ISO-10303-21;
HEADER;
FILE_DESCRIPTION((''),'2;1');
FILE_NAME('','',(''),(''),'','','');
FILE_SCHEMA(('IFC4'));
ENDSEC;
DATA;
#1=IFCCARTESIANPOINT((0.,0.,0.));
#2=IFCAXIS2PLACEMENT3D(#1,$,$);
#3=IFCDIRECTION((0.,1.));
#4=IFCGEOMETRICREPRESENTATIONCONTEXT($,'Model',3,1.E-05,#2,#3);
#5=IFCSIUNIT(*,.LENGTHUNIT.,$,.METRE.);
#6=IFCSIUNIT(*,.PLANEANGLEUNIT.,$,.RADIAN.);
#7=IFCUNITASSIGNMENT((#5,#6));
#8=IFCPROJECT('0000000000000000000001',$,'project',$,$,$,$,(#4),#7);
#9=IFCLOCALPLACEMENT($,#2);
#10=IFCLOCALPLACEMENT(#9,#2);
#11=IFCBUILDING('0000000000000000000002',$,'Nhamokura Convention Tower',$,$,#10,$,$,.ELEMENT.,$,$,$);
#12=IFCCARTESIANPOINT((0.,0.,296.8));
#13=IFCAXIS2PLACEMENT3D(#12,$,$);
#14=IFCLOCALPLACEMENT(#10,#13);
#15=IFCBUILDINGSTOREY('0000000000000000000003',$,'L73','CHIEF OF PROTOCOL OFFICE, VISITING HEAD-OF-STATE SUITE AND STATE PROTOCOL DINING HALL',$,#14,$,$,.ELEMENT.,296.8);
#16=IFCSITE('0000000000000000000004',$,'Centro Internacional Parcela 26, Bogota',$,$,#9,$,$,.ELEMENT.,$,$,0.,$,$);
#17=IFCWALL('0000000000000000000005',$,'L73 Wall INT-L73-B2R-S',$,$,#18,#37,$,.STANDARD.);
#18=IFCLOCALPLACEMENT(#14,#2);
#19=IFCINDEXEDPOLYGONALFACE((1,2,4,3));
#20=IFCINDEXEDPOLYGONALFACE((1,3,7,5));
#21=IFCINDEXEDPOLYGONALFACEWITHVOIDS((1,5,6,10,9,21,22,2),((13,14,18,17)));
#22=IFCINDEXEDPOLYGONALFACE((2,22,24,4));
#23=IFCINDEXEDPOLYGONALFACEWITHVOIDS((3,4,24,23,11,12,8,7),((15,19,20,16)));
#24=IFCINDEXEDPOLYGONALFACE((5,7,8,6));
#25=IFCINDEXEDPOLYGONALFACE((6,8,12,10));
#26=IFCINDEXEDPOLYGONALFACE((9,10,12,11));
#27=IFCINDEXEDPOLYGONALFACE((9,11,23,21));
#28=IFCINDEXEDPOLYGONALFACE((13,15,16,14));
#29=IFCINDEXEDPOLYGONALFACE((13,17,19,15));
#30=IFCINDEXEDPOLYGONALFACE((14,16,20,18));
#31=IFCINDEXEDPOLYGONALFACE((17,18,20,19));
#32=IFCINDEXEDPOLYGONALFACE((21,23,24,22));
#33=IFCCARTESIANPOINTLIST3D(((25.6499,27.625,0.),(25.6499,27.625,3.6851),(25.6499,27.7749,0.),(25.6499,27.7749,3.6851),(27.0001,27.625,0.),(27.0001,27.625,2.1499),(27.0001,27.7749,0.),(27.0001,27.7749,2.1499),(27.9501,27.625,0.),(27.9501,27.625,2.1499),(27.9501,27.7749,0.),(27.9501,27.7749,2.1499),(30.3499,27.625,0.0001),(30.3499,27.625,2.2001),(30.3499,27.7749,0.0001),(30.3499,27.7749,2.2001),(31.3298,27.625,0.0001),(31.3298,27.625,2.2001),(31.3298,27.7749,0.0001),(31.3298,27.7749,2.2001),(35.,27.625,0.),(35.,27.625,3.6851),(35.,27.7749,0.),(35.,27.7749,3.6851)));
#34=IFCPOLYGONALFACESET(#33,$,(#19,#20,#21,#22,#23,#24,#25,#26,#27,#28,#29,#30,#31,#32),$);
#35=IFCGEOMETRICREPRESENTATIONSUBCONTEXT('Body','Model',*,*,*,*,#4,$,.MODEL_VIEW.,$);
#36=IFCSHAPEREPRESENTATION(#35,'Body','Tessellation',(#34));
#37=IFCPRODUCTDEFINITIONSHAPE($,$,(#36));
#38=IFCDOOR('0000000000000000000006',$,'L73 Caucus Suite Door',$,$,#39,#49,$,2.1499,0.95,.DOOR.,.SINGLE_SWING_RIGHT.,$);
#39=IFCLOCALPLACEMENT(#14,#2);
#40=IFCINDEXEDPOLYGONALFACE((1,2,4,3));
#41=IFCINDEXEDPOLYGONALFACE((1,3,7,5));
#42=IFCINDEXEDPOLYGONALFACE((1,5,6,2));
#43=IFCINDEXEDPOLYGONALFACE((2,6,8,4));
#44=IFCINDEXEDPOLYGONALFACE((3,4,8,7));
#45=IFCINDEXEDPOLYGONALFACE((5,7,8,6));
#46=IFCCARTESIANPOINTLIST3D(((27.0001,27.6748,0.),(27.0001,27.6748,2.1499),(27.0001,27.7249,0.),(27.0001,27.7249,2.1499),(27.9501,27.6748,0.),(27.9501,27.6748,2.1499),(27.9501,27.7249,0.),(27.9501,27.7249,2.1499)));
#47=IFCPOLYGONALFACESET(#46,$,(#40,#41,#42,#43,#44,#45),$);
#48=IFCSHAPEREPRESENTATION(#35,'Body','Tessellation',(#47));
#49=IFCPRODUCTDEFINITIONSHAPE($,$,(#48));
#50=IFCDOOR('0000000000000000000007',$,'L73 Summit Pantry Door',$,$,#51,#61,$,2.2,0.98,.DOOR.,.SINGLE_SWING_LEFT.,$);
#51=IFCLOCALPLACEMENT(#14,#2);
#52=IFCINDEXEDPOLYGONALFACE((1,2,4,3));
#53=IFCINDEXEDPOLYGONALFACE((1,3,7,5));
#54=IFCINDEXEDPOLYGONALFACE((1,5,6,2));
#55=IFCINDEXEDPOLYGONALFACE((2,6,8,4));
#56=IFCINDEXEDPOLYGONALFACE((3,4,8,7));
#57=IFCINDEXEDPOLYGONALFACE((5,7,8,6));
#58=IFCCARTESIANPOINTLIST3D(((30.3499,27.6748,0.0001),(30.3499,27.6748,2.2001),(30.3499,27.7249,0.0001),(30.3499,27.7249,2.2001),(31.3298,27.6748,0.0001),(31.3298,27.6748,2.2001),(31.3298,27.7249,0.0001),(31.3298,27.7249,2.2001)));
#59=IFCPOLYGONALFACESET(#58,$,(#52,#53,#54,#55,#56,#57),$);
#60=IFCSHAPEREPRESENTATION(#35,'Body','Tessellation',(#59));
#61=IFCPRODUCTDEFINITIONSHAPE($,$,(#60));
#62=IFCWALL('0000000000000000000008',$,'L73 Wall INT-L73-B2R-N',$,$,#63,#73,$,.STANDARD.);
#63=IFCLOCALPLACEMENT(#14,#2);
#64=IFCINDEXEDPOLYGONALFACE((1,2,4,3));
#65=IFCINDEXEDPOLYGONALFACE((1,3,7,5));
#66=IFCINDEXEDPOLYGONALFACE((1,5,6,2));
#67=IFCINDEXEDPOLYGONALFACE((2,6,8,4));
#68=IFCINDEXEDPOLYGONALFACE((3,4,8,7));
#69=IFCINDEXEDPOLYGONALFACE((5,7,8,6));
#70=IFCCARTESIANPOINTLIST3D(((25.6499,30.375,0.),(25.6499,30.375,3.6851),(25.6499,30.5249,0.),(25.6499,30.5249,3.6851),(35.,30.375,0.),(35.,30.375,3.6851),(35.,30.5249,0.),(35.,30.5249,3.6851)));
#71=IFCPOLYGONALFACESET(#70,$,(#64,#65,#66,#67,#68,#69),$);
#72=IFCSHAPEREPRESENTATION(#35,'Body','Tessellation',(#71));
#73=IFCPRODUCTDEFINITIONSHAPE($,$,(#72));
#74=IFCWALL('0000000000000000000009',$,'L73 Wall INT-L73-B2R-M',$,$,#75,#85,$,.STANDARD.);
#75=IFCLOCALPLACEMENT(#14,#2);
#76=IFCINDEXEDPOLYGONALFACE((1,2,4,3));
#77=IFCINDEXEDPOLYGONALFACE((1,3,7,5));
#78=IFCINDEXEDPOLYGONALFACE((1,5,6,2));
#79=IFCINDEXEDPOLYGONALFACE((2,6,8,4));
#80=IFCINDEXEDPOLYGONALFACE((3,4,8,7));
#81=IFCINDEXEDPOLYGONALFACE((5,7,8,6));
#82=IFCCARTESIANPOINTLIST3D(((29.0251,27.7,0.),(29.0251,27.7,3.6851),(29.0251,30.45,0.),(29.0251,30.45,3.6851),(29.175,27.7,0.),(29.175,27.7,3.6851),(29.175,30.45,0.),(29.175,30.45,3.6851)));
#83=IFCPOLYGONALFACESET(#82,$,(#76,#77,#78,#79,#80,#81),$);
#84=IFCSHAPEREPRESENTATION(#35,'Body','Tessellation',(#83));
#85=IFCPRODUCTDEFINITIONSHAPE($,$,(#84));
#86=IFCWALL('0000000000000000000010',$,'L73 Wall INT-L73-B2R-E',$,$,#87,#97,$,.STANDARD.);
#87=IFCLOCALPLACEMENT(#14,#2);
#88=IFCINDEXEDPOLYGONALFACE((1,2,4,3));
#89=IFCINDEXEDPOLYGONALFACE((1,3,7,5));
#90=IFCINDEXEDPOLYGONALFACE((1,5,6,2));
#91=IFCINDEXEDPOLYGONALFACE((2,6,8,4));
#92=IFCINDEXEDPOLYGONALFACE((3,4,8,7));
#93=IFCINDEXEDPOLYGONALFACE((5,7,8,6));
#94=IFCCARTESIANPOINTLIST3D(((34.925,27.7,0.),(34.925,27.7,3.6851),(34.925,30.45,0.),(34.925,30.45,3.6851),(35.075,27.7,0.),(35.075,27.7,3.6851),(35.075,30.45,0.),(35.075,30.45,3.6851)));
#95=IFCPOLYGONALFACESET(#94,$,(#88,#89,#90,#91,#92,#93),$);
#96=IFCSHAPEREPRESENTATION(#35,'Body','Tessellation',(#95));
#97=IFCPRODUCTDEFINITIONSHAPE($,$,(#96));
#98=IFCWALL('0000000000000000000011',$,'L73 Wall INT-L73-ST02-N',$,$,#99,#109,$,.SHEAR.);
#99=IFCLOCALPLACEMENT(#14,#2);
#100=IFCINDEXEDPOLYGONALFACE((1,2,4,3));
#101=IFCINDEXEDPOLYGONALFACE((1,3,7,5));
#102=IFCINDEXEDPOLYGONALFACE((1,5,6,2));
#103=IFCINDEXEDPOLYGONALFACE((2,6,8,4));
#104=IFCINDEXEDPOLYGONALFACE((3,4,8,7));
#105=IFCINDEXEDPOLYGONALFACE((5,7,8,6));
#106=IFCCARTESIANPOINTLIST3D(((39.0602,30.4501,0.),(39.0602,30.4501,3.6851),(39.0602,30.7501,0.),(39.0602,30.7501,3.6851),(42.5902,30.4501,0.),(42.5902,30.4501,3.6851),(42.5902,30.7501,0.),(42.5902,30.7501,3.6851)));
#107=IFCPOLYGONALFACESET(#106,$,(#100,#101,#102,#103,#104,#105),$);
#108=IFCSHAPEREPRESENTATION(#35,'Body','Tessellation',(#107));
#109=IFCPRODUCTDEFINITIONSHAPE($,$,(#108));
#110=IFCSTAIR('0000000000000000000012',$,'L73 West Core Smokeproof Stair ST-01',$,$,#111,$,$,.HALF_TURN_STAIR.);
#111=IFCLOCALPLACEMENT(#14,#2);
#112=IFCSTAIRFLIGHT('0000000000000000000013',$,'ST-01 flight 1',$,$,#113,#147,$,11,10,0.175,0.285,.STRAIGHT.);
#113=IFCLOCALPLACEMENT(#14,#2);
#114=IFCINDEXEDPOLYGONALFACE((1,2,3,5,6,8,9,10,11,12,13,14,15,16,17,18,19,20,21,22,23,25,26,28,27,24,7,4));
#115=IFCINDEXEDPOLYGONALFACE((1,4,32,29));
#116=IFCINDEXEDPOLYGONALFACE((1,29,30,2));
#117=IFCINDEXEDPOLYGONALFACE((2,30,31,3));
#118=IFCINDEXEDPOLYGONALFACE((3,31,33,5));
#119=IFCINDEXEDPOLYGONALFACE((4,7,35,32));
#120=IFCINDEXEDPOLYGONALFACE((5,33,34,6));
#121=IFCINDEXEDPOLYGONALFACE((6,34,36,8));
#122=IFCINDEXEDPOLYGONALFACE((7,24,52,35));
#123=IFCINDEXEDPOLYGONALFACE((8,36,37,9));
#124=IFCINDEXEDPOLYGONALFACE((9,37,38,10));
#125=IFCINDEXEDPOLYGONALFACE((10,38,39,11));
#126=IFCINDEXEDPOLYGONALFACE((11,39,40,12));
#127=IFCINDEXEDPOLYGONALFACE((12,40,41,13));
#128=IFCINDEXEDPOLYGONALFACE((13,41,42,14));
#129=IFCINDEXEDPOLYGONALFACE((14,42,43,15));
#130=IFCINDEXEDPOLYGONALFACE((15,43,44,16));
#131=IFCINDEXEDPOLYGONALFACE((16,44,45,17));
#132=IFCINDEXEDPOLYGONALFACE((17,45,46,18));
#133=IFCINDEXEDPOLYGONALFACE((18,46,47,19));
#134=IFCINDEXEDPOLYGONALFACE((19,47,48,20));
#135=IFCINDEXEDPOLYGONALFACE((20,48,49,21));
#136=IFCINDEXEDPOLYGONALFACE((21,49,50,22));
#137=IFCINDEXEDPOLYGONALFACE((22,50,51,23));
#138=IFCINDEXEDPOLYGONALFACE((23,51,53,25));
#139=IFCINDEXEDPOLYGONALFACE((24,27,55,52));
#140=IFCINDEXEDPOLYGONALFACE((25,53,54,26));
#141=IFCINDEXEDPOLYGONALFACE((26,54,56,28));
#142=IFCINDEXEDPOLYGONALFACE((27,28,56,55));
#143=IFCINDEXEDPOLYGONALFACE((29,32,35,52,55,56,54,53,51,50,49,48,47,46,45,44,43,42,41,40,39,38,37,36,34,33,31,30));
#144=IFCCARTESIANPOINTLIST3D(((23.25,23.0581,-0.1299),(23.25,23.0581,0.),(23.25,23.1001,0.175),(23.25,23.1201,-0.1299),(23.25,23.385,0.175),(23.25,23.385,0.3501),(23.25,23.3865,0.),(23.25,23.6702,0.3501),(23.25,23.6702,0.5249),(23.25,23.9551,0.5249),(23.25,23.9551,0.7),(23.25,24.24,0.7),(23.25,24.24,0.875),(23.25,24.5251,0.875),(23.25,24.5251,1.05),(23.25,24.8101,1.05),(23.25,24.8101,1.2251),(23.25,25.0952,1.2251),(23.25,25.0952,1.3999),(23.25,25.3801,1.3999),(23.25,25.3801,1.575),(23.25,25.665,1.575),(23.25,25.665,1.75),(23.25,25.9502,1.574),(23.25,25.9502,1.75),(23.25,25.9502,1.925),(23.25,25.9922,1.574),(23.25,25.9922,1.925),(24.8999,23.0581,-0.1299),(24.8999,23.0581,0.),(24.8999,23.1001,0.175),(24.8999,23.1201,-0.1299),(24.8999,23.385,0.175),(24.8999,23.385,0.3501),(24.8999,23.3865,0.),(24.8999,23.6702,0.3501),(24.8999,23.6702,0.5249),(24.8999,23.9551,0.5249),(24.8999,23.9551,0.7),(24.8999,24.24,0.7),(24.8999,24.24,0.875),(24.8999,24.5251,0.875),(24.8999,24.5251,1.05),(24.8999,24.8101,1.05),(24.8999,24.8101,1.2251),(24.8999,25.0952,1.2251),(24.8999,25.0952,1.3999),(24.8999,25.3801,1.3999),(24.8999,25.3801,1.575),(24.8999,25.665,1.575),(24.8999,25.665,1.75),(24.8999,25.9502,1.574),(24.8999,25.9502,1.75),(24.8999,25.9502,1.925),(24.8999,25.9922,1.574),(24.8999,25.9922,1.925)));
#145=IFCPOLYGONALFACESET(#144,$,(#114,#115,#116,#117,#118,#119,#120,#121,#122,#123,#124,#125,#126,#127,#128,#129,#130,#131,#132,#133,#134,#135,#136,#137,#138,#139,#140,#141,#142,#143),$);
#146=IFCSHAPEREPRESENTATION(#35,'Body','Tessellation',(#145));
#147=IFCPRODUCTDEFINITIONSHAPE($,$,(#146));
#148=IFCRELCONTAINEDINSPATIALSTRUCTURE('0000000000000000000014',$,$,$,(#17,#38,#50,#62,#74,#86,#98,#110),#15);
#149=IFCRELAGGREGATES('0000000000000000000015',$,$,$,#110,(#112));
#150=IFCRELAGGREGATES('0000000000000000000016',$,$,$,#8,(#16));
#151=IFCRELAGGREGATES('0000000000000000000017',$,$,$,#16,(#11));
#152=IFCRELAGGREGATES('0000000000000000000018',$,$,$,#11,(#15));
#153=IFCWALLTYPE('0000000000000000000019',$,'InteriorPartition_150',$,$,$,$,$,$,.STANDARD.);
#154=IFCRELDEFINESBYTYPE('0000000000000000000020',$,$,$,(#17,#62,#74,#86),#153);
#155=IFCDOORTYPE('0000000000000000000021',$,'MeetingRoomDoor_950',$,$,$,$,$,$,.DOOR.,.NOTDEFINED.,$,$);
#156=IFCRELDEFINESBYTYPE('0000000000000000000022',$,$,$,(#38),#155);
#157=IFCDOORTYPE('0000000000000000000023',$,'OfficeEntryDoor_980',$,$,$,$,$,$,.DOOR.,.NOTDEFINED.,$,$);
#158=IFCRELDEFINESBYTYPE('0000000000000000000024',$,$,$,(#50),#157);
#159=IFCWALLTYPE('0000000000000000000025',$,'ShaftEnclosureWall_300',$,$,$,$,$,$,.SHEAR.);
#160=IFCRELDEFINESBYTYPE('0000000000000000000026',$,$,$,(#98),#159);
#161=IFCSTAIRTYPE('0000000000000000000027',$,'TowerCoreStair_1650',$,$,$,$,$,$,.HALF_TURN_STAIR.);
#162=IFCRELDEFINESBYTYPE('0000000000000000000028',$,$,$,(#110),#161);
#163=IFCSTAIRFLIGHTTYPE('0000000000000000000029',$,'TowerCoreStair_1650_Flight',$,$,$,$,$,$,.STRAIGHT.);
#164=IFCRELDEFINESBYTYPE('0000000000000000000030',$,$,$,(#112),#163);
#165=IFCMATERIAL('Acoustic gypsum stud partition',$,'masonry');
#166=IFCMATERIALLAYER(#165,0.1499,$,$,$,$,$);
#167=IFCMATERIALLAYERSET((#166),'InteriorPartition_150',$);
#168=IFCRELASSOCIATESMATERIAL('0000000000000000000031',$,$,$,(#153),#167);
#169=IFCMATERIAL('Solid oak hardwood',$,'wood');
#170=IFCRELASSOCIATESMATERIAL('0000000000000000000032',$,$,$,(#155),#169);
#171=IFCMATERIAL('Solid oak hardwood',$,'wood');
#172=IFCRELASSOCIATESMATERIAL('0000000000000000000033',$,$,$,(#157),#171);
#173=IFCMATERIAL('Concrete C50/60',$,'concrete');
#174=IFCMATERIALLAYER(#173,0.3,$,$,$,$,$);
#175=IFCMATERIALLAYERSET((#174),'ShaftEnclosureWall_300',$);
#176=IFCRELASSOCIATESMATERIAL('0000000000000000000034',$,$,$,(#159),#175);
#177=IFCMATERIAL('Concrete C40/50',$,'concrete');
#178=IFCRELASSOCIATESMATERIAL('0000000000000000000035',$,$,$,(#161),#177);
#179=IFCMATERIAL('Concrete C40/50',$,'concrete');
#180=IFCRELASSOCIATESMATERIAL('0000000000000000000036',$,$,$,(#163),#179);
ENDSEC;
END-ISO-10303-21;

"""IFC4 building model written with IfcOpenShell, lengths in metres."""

from ifc_helpers import new_model, si_unit, direction, frame, frame_2d, origin, place, context, subcontext, project, spatial, polyline, rectangle, outline, extrude, material, layer, layer_set, type_object, element, fill, aggregate, save


model = new_model("IFC4")

# Units and contexts
model_context = context("Model", 3, precision=1e-05, world=origin(), true_north=direction((0.0, 1.0)))
body_context = subcontext(model_context, "Body", "Model", "MODEL_VIEW")
ifc_project = project(units=[si_unit("LENGTHUNIT", "METRE"), si_unit("PLANEANGLEUNIT", "RADIAN")], contexts=[model_context])

# Site, building, storey
site_placement = place(None, origin())
site = spatial("IfcSite", under=ifc_project, at=site_placement, Name="Centro Internacional Parcela 26, Bogota", CompositionType="ELEMENT", RefElevation=0.0)
building_placement = place(site_placement, origin())
building = spatial("IfcBuilding", under=site, at=building_placement, Name="Nhamokura Convention Tower", CompositionType="ELEMENT")
storey_placement = place(building_placement, frame((0.0, 0.0, 296.8)))
storey = spatial("IfcBuildingStorey", under=building, at=storey_placement, Name="L73", Description="CHIEF OF PROTOCOL OFFICE, VISITING HEAD-OF-STATE SUITE AND STATE PROTOCOL DINING HALL", CompositionType="ELEMENT", Elevation=296.8)

# Shared definitions
ifc_material_1 = material(Name="Acoustic gypsum stud partition", Category="masonry")
ifc_layer_1 = layer(ifc_material_1, 0.1499)
ifc_layer_set_1 = layer_set([ifc_layer_1], Name="InteriorPartition_150")
wall_type_1 = type_object("IfcWallType", Name="InteriorPartition_150", PredefinedType="STANDARD", material=ifc_layer_set_1)
ifc_material_2 = material(Name="Solid oak hardwood", Category="wood")
door_type_1 = type_object("IfcDoorType", Name="MeetingRoomDoor_950", OperationType="NOTDEFINED", PredefinedType="DOOR", material=ifc_material_2)
ifc_material_3 = material(Name="Solid oak hardwood", Category="wood")
door_type_2 = type_object("IfcDoorType", Name="OfficeEntryDoor_980", OperationType="NOTDEFINED", PredefinedType="DOOR", material=ifc_material_3)

# Wall, openings, doors
wall_1_placement = place(storey_placement, frame((25.6499, 27.7, 0.0), z_axis=(0.0, 0.0, 1.0), x_axis=(1.0, 0.0, 0.0)))
wall_1 = element("IfcWall", 1, at=wall_1_placement, inside=storey, type_object=wall_type_1, Name="L73 Wall INT-L73-B2R-S", PredefinedType="STANDARD", context=body_context, shape_type="SweptSolid", body=[
    extrude(rectangle(XDim=9.3501, YDim=0.1499, at=frame_2d((4.675, 0.0))), origin(), (0.0, 0.0, 1.0), 3.6851),
])
opening_1_placement = place(wall_1_placement, frame((1.3501, 0.0, 0.0)))
opening_1 = element("IfcOpeningElement", 2, at=opening_1_placement, cuts=wall_1, PredefinedType="OPENING", context=body_context, shape_type="SweptSolid", body=[
    extrude(rectangle(XDim=0.95, YDim=2.1499, at=frame_2d((0.4751, 1.075))), frame((0.0, 0.085, 0.0), z_axis=(0.0, -1.0, 0.0), x_axis=(1.0, 0.0, 0.0)), (0.0, 0.0, 1.0), 0.1699),
])
opening_2_placement = place(wall_1_placement, frame((4.7, 0.0, 0.0)))
opening_2 = element("IfcOpeningElement", 3, at=opening_2_placement, cuts=wall_1, PredefinedType="OPENING", context=body_context, shape_type="SweptSolid", body=[
    extrude(rectangle(XDim=0.98, YDim=2.2, at=frame_2d((0.49, 1.1001))), frame((0.0, 0.085, 0.0), z_axis=(0.0, -1.0, 0.0), x_axis=(1.0, 0.0, 0.0)), (0.0, 0.0, 1.0), 0.1699),
])
door_1_placement = place(opening_1_placement, origin())
door_1 = element("IfcDoor", 4, at=door_1_placement, inside=storey, type_object=door_type_1, Name="L73 Caucus Suite Door", OperationType="SINGLE_SWING_RIGHT", OverallHeight=2.1499, OverallWidth=0.95, PredefinedType="DOOR", context=body_context, shape_type="SweptSolid", body=[
    extrude(rectangle(XDim=0.95, YDim=2.1499, at=frame_2d((0.4751, 1.075))), frame((0.0, 0.0249, 0.0), z_axis=(0.0, -1.0, 0.0), x_axis=(1.0, 0.0, 0.0)), (0.0, 0.0, 1.0), 0.05),
])
fill(opening_1, door_1)
door_2_placement = place(opening_2_placement, origin())
door_2 = element("IfcDoor", 5, at=door_2_placement, inside=storey, type_object=door_type_2, Name="L73 Summit Pantry Door", OperationType="SINGLE_SWING_LEFT", OverallHeight=2.2, OverallWidth=0.98, PredefinedType="DOOR", context=body_context, shape_type="SweptSolid", body=[
    extrude(rectangle(XDim=0.98, YDim=2.2, at=frame_2d((0.49, 1.1001))), frame((0.0, 0.0249, 0.0), z_axis=(0.0, -1.0, 0.0), x_axis=(1.0, 0.0, 0.0)), (0.0, 0.0, 1.0), 0.05),
])
fill(opening_2, door_2)

# Walls
wall_2_placement = place(storey_placement, frame((25.6499, 30.45, 0.0), z_axis=(0.0, 0.0, 1.0), x_axis=(1.0, 0.0, 0.0)))
element("IfcWall", 6, at=wall_2_placement, inside=storey, type_object=wall_type_1, Name="L73 Wall INT-L73-B2R-N", PredefinedType="STANDARD", context=body_context, shape_type="SweptSolid", body=[
    extrude(rectangle(XDim=9.3501, YDim=0.1499, at=frame_2d((4.675, 0.0))), origin(), (0.0, 0.0, 1.0), 3.6851),
])
for number, where, z_axis, x_axis, name in (
    (7, (29.1001, 27.7, 0.0), (0.0, 0.0, 1.0), (0.0, 1.0, 0.0), "L73 Wall INT-L73-B2R-M"),
    (8, (35.0, 27.7, 0.0), (0.0, 0.0, 1.0), (0.0, 1.0, 0.0), "L73 Wall INT-L73-B2R-E"),
):
    element("IfcWall", number, at=place(storey_placement, frame(where, z_axis=z_axis, x_axis=x_axis)), inside=storey, type_object=wall_type_1, Name=name, PredefinedType="STANDARD", context=body_context, shape_type="SweptSolid", body=[
        extrude(rectangle(XDim=2.75, YDim=0.1499, at=frame_2d((1.375, 0.0))), origin(), (0.0, 0.0, 1.0), 3.6851),
    ])
ifc_material_4 = material(Name="Concrete C50/60", Category="concrete")
ifc_layer_2 = layer(ifc_material_4, 0.3)
ifc_layer_set_2 = layer_set([ifc_layer_2], Name="ShaftEnclosureWall_300")
wall_type_2 = type_object("IfcWallType", Name="ShaftEnclosureWall_300", PredefinedType="SHEAR", material=ifc_layer_set_2)
wall_3_placement = place(storey_placement, frame((39.0601, 30.6001, 0.0), z_axis=(0.0, 0.0, 1.0), x_axis=(1.0, 0.0, 0.0)))
element("IfcWall", 9, at=wall_3_placement, inside=storey, type_object=wall_type_2, Name="L73 Wall INT-L73-ST02-N", PredefinedType="SHEAR", context=body_context, shape_type="SweptSolid", body=[
    extrude(rectangle(XDim=3.53, YDim=0.3, at=frame_2d((1.7651, 0.0))), origin(), (0.0, 0.0, 1.0), 3.6851),
])

# Stair, stair flight
ifc_material_5 = material(Name="Concrete C40/50", Category="concrete")
stair_type = type_object("IfcStairType", Name="TowerCoreStair_1650", PredefinedType="HALF_TURN_STAIR", material=ifc_material_5)
stair_1_placement = place(storey_placement, origin())
stair_1 = element("IfcStair", 10, at=stair_1_placement, inside=storey, type_object=stair_type, Name="L73 West Core Smokeproof Stair ST-01", PredefinedType="HALF_TURN_STAIR")
ifc_material_6 = material(Name="Concrete C40/50", Category="concrete")
stair_flight_type = type_object("IfcStairFlightType", Name="TowerCoreStair_1650_Flight", PredefinedType="STRAIGHT", material=ifc_material_6)
stair_flight_1_placement = place(storey_placement, frame((24.075, 23.1001, 0.0), z_axis=(0.0, 0.0, 1.0), x_axis=(0.0, 1.0, 0.0)))
stair_flight_1 = element("IfcStairFlight", 11, at=stair_flight_1_placement, type_object=stair_flight_type, Name="ST-01 flight 1", NumberOfRisers=11, NumberOfTreads=10, PredefinedType="STRAIGHT", RiserHeight=0.175, TreadLength=0.285, context=body_context, shape_type="SweptSolid", body=[
    extrude(outline(polyline([(-0.042, 0.0), (0.0, 0.175), (0.2849, 0.175), (0.2849, 0.3501), (0.5701, 0.3501), (0.5701, 0.5249), (0.855, 0.5249), (0.855, 0.7), (1.1399, 0.7), (1.1399, 0.875), (1.425, 0.875), (1.425, 1.05), (1.71, 1.05), (1.71, 1.2251), (1.9951, 1.2251), (1.9951, 1.3999), (2.28, 1.3999), (2.28, 1.575), (2.5649, 1.575), (2.5649, 1.75), (2.8501, 1.75), (2.8501, 1.925), (2.8921, 1.925), (2.8921, 1.574), (2.8501, 1.574), (0.2864, 0.0), (0.02, -0.1299), (-0.042, -0.1299), (-0.042, 0.0)])), frame((0.0, 0.825, 0.0), z_axis=(0.0, -1.0, 0.0), x_axis=(1.0, 0.0, 0.0)), (0.0, 0.0, 1.0), 1.6499),
])
aggregate(stair_1, [stair_flight_1])

save(model, "model.ifc")
